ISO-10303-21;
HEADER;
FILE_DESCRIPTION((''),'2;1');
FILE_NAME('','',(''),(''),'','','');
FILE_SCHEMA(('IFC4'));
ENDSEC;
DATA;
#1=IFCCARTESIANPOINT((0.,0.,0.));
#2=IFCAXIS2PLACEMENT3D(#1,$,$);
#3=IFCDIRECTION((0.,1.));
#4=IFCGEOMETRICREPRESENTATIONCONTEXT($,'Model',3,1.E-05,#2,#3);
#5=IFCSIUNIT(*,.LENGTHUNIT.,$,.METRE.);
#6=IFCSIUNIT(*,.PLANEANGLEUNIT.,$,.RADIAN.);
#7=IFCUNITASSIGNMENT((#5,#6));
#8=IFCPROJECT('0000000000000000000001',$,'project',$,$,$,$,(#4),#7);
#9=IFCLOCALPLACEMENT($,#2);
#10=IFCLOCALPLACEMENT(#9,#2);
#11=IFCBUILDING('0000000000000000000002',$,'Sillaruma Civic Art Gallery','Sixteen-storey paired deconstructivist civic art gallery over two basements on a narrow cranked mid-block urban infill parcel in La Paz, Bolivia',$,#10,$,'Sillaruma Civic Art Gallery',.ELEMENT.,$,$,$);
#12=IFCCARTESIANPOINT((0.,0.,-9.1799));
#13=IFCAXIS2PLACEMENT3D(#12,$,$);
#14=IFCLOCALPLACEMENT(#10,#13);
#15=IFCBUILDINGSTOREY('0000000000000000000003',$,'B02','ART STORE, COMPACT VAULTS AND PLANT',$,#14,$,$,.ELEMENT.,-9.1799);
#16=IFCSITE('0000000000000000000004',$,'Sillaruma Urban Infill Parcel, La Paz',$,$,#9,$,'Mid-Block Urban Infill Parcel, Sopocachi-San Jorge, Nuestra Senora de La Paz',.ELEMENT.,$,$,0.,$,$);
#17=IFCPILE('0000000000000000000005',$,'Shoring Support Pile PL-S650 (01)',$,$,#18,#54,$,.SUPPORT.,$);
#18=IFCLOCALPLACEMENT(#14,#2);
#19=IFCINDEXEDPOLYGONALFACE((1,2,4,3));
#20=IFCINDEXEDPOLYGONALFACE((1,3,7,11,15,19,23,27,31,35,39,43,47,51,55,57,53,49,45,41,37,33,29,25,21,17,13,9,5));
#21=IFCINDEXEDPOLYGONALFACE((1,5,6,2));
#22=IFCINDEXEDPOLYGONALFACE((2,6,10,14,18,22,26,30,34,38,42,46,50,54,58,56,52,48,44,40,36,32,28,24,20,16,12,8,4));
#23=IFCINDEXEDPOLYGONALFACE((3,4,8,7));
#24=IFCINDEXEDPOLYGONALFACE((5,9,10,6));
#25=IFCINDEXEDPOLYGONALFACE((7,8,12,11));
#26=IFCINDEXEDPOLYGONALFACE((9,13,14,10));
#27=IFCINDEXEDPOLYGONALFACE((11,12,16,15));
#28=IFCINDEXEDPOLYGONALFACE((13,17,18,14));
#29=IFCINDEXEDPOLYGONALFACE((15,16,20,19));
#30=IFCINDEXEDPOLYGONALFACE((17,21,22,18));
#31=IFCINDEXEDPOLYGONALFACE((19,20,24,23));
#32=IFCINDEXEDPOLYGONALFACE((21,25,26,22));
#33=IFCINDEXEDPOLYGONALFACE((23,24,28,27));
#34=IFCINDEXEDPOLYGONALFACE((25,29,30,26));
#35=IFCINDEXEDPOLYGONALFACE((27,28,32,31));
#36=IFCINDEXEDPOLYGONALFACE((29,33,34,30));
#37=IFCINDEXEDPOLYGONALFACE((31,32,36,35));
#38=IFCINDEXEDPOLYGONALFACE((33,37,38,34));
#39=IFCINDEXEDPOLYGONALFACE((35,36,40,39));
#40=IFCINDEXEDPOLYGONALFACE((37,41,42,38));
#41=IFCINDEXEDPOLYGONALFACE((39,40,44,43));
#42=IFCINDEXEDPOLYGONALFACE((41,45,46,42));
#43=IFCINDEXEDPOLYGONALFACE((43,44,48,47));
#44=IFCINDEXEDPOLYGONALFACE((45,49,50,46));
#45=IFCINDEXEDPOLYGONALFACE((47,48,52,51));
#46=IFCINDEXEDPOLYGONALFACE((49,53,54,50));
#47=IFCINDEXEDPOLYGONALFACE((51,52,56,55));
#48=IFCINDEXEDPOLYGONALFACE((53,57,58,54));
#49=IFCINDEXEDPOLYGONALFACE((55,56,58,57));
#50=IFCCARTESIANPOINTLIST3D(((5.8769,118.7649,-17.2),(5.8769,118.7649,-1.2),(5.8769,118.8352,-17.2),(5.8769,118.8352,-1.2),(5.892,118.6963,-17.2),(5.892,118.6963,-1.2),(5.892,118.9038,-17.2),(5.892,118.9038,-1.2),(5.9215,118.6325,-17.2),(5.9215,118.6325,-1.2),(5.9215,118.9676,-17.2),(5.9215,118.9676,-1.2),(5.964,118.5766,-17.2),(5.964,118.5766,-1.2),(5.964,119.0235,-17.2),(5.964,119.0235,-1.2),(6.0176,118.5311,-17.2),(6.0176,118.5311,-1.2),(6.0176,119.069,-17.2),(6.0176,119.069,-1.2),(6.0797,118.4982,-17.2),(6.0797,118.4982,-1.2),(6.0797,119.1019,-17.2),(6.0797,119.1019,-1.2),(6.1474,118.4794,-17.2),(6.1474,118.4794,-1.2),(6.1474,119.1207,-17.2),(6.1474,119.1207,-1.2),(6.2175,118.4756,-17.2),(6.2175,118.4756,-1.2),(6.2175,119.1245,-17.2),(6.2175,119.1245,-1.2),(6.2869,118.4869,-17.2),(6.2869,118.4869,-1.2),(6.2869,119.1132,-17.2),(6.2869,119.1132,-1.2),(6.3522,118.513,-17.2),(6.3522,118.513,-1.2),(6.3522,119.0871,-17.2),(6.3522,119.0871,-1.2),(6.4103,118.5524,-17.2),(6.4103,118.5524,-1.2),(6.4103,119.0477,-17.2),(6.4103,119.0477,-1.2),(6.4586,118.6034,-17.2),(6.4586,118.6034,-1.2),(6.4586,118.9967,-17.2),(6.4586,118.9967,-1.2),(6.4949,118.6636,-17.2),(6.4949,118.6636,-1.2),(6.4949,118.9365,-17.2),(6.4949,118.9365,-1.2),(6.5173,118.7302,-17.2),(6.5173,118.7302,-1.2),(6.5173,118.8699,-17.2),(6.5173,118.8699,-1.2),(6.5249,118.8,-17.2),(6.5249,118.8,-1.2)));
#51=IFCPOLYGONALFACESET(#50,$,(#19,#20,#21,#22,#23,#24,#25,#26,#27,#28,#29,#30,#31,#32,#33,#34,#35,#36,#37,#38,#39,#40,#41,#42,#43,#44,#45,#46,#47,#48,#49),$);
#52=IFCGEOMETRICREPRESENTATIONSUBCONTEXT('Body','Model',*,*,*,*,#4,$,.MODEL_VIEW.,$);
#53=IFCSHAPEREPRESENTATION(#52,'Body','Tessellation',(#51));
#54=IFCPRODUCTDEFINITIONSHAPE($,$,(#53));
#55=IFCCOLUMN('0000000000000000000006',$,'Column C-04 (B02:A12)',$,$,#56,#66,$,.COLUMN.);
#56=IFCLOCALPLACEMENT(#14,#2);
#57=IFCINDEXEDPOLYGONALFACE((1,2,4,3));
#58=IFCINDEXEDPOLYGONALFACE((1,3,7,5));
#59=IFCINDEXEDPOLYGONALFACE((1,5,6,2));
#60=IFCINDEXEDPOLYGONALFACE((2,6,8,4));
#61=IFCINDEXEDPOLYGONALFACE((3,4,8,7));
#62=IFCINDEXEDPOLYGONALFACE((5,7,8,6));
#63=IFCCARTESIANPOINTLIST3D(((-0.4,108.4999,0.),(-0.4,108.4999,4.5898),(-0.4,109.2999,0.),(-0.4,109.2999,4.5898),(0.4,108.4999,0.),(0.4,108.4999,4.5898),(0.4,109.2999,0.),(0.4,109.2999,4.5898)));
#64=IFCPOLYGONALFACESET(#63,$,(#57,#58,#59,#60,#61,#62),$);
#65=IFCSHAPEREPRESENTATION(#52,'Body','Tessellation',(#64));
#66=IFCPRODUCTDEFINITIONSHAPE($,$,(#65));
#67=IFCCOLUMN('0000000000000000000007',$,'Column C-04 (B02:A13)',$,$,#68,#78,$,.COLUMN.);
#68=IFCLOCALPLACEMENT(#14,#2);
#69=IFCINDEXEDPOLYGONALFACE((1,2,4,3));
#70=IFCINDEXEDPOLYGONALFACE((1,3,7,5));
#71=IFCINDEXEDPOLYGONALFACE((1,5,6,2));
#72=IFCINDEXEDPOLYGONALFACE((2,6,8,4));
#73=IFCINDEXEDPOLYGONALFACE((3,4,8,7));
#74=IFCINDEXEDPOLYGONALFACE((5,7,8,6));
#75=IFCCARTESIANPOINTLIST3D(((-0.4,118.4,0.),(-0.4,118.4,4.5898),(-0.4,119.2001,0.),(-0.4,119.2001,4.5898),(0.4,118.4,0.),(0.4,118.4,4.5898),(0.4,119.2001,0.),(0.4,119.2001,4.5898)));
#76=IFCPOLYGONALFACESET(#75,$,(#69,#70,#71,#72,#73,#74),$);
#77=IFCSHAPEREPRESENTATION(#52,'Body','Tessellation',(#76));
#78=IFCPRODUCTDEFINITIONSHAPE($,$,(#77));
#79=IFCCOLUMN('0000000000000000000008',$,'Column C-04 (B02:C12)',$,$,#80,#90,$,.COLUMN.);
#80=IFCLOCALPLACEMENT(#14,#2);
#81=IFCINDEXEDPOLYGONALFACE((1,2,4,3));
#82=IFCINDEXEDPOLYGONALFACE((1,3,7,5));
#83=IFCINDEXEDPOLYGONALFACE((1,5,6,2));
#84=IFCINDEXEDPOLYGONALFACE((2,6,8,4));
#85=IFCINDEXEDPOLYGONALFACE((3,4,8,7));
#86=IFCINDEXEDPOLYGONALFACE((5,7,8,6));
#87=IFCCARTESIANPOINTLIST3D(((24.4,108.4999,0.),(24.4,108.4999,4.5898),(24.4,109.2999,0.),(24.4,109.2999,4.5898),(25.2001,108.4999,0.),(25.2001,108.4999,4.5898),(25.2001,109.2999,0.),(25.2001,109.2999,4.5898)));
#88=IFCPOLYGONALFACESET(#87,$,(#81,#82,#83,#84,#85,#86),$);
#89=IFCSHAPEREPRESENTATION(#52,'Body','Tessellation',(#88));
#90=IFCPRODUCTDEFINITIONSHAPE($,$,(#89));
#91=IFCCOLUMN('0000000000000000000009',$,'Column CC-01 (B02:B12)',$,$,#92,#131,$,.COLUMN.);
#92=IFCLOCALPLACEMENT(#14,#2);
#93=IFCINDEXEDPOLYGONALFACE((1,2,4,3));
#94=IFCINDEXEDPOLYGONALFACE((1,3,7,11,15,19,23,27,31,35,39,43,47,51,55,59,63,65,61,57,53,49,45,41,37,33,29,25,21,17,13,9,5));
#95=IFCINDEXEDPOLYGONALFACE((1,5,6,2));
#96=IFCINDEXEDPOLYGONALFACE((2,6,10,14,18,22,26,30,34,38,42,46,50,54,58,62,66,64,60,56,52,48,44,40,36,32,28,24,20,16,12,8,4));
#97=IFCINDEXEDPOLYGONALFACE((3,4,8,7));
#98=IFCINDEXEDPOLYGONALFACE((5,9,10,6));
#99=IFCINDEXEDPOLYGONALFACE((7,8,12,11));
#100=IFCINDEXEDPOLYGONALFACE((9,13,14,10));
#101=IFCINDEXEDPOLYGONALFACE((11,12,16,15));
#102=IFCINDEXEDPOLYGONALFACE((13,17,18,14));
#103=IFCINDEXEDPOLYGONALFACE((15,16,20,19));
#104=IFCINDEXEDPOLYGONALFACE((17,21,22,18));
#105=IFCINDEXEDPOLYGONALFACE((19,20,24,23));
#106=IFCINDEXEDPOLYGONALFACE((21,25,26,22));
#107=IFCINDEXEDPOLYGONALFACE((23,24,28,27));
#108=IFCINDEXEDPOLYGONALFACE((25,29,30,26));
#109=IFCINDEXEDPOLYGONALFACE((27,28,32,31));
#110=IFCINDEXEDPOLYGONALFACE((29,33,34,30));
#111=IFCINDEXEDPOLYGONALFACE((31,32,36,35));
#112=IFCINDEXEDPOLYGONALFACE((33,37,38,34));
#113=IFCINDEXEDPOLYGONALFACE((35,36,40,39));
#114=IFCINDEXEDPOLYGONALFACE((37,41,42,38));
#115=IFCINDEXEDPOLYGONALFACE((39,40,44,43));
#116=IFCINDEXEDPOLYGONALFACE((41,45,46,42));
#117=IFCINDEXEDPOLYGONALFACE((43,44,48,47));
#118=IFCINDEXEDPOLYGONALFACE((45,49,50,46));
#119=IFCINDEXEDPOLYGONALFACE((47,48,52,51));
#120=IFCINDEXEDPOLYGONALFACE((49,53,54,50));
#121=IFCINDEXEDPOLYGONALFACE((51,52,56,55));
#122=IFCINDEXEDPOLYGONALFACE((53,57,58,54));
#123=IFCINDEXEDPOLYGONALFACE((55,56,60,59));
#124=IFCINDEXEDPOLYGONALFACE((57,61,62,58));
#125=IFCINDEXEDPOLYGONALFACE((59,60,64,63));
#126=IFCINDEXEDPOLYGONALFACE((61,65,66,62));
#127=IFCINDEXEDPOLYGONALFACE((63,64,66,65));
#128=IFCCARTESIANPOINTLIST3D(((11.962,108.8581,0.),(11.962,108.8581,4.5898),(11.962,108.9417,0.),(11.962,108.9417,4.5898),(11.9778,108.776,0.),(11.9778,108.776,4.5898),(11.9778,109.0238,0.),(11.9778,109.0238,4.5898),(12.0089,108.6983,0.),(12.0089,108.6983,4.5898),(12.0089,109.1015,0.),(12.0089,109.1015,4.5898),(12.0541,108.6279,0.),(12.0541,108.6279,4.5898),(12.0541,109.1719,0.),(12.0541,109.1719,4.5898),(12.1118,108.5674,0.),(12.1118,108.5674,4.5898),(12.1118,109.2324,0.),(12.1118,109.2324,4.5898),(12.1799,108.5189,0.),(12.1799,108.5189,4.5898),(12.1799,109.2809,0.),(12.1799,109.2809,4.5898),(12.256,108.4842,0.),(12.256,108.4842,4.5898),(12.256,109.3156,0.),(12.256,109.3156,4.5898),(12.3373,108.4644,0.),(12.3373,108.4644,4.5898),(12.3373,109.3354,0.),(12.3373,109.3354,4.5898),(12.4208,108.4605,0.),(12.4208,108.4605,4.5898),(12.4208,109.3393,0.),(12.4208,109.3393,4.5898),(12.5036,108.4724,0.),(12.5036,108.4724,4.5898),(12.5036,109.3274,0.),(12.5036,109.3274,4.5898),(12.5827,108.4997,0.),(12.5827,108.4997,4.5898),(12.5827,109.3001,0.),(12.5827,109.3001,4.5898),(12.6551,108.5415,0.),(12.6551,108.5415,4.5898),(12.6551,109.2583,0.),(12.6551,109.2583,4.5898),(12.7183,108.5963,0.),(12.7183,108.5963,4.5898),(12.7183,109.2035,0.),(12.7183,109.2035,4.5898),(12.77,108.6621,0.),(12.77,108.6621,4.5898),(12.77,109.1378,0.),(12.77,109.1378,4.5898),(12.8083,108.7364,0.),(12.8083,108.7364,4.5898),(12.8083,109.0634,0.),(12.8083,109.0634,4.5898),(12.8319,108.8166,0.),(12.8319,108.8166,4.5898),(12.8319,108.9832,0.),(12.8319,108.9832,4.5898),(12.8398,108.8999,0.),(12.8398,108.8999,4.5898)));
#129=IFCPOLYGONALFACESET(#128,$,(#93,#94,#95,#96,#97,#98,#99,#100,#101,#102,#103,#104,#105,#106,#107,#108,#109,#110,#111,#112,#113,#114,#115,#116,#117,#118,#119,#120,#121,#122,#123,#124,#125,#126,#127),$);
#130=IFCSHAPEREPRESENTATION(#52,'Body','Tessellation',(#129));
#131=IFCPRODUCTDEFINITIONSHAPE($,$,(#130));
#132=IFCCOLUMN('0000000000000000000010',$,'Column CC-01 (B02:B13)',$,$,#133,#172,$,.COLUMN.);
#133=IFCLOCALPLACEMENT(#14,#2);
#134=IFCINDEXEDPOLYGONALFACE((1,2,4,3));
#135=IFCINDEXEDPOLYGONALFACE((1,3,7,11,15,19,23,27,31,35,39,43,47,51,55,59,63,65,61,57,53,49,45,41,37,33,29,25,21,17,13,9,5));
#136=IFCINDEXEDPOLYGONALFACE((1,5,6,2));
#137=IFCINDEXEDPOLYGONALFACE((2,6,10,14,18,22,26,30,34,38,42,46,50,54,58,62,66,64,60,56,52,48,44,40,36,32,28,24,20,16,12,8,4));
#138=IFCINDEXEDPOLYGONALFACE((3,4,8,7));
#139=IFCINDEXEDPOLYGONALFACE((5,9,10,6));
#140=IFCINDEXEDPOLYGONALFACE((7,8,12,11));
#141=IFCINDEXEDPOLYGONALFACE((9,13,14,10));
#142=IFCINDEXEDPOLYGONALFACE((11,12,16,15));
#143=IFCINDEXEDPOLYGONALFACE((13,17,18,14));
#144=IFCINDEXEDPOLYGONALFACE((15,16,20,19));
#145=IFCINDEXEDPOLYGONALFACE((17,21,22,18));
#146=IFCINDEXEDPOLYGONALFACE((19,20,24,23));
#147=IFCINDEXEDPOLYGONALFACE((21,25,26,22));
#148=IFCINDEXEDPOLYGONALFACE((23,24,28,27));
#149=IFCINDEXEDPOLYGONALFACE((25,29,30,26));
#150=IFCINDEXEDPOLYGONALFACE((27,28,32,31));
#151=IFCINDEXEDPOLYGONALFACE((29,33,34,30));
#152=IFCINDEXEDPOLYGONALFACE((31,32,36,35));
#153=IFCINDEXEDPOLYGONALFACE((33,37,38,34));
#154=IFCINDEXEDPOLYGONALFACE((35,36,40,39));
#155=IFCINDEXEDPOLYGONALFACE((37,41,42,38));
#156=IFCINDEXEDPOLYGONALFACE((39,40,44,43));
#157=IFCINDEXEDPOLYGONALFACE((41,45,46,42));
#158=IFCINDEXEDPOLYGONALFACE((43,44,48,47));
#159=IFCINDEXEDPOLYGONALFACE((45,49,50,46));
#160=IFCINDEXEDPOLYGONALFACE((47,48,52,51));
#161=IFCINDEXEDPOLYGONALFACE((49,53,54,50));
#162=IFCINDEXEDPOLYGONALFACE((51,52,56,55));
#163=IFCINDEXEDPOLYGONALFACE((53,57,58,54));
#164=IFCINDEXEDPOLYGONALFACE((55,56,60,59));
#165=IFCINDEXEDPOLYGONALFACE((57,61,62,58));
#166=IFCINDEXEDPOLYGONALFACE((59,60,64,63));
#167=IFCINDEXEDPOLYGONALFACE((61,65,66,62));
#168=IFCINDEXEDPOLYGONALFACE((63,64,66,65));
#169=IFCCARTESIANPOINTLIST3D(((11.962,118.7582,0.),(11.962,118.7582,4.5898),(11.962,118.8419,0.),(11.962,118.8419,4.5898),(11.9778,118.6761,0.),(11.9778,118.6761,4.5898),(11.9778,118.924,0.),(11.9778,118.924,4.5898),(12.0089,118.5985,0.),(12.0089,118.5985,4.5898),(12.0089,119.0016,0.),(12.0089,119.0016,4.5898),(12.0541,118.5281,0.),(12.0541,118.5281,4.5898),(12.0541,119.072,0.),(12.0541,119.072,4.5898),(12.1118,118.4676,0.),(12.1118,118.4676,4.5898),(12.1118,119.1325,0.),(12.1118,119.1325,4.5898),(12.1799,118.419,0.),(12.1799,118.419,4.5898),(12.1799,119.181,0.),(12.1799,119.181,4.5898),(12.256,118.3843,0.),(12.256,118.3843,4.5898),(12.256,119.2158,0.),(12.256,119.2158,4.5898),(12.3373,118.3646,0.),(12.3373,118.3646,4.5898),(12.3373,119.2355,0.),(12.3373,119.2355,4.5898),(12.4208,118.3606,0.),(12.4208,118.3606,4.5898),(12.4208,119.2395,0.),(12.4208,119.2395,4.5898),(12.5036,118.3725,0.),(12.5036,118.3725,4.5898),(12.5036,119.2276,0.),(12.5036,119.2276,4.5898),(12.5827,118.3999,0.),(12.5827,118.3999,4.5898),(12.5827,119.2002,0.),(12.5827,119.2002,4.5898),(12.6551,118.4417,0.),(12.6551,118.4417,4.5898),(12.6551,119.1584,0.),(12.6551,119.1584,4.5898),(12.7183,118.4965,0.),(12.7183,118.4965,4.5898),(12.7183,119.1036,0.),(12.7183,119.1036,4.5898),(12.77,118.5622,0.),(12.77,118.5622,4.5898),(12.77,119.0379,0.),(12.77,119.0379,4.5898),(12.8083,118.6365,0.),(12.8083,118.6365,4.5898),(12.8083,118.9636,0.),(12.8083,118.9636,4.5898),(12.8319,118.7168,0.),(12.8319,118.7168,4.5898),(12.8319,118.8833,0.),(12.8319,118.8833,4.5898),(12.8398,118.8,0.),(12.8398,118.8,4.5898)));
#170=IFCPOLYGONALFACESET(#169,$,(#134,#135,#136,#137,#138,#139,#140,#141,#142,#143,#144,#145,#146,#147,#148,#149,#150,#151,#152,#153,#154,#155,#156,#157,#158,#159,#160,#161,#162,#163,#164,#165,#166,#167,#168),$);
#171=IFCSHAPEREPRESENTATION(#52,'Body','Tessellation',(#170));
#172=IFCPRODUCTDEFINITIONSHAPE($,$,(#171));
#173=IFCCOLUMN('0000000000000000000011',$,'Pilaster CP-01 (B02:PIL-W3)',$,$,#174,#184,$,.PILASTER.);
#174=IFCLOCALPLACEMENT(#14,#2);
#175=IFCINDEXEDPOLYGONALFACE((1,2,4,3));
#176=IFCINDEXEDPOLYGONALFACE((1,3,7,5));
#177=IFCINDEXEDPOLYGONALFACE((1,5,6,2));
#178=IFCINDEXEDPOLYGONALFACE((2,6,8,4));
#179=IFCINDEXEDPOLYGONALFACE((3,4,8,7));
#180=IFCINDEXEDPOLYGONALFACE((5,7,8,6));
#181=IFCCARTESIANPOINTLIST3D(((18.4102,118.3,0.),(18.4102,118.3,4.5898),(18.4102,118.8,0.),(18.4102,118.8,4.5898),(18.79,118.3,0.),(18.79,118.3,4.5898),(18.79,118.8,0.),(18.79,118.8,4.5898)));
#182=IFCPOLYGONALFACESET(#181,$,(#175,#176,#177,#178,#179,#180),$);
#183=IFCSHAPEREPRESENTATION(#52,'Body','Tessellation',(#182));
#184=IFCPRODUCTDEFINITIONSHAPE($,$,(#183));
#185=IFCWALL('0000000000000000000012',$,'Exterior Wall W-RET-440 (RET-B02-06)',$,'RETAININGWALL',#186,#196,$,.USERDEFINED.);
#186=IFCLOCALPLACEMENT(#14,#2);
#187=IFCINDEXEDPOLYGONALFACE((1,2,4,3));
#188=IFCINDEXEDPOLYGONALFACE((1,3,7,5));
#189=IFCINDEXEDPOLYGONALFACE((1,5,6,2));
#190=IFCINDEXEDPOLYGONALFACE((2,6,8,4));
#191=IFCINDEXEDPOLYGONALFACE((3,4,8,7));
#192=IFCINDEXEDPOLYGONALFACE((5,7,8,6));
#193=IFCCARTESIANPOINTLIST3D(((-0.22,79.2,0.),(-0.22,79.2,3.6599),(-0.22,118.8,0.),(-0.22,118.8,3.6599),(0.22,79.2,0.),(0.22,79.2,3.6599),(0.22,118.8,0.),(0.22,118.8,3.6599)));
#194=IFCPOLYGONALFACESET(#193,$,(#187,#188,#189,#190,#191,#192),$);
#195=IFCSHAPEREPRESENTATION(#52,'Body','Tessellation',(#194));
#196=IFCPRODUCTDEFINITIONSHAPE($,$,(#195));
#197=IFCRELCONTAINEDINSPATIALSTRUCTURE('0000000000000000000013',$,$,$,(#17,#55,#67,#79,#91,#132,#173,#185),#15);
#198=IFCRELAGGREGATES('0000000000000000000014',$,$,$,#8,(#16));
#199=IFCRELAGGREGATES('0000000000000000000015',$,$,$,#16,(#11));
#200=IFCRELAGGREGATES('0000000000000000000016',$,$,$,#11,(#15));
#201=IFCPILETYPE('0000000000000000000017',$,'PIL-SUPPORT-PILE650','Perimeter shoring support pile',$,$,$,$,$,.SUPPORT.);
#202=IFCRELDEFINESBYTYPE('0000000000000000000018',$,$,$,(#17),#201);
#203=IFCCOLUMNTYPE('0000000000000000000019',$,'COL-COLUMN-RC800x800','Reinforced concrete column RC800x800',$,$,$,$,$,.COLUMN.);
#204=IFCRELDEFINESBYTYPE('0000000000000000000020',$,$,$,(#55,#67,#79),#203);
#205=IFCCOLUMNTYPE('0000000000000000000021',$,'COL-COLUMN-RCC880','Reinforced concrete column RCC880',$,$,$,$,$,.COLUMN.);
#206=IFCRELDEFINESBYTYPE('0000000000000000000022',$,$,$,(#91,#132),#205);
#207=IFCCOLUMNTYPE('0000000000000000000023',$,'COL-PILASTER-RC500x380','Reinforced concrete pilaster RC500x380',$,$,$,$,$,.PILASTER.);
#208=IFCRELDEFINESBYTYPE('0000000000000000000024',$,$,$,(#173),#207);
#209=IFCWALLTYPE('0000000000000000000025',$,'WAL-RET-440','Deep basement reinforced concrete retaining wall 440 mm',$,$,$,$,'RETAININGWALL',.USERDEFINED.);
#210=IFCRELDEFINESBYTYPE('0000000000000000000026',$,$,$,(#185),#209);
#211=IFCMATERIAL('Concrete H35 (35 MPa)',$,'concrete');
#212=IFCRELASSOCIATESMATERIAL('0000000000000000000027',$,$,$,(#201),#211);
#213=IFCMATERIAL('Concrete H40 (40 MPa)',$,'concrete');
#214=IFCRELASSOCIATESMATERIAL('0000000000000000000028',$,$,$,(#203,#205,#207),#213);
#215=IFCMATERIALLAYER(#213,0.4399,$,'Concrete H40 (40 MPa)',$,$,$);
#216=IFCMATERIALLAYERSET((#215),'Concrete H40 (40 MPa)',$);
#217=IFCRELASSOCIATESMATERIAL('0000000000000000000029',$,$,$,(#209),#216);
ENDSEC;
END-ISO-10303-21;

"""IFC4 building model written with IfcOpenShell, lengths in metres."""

from ifc_helpers import new_model, si_unit, direction, frame, frame_2d, origin, origin_2d, place, context, subcontext, project, spatial, rectangle, circle, extrude, material, layer, layer_set, material_profile, profile_set, type_object, element, save


model = new_model("IFC4")

# Units and contexts
model_context = context("Model", 3, precision=1e-05, world=origin(), true_north=direction((0.0, 1.0)))
body_context = subcontext(model_context, "Body", "Model", "MODEL_VIEW")
ifc_project = project(units=[si_unit("LENGTHUNIT", "METRE"), si_unit("PLANEANGLEUNIT", "RADIAN")], contexts=[model_context])

# Site, building, storey
site_placement = place(None, origin())
site = spatial("IfcSite", under=ifc_project, at=site_placement, Name="Sillaruma Urban Infill Parcel, La Paz", LongName="Mid-Block Urban Infill Parcel, Sopocachi-San Jorge, Nuestra Senora de La Paz", CompositionType="ELEMENT", RefElevation=0.0)
building_placement = place(site_placement, origin())
building = spatial("IfcBuilding", under=site, at=building_placement, Name="Sillaruma Civic Art Gallery", Description="Sixteen-storey paired deconstructivist civic art gallery over two basements on a narrow cranked mid-block urban infill parcel in La Paz, Bolivia", LongName="Sillaruma Civic Art Gallery", CompositionType="ELEMENT")
storey_placement = place(building_placement, frame((0.0, 0.0, -9.1799)))
storey = spatial("IfcBuildingStorey", under=building, at=storey_placement, Name="B02", Description="ART STORE, COMPACT VAULTS AND PLANT", CompositionType="ELEMENT", Elevation=-9.1799)

# Shared definitions
ifc_material_1 = material(Name="Concrete H35 (35 MPa)", Category="concrete")

# Pile
ifc_material_profile_1 = material_profile(ifc_material_1, circle(Radius=0.325, at=origin_2d()), Name="PILE650")
ifc_profile_set_1 = profile_set([ifc_material_profile_1], Name="Concrete H35 (35 MPa)")
pile_type_1 = type_object("IfcPileType", Name="PIL-SUPPORT-PILE650", Description="Perimeter shoring support pile", PredefinedType="SUPPORT", material=ifc_profile_set_1)
pile_placement = place(storey_placement, frame((6.2, 118.8, -1.2), z_axis=(0.0, 0.0, -1.0), x_axis=(1.0, 0.0, 0.0)))
element("IfcPile", 1, at=pile_placement, inside=storey, type_object=pile_type_1, Name="Shoring Support Pile PL-S650 (01)", PredefinedType="SUPPORT", context=body_context, shape_type="SweptSolid", body=[
    extrude(circle(Radius=0.325, at=origin_2d()), origin(), (0.0, 0.0, 1.0), 16.0),
])

# Columns
ifc_material_2 = material(Name="Concrete H40 (40 MPa)", Category="concrete")
ifc_material_profile_2 = material_profile(ifc_material_2, rectangle(XDim=0.8, YDim=0.8, at=origin_2d()), Name="RC800x800")
ifc_profile_set_2 = profile_set([ifc_material_profile_2], Name="Concrete H40 (40 MPa)")
column_type_1 = type_object("IfcColumnType", Name="COL-COLUMN-RC800x800", Description="Reinforced concrete column RC800x800", PredefinedType="COLUMN", material=ifc_profile_set_2)
for number, where, z_axis, x_axis, name in (
    (2, (0.0, 108.8999, 0.0), (0.0, 0.0, 1.0), (1.0, 0.0, 0.0), "Column C-04 (B02:A12)"),
    (3, (0.0, 118.8, 0.0), (0.0, 0.0, 1.0), (1.0, 0.0, 0.0), "Column C-04 (B02:A13)"),
    (4, (24.8, 108.8999, 0.0), (0.0, 0.0, 1.0), (1.0, 0.0, 0.0), "Column C-04 (B02:C12)"),
):
    element("IfcColumn", number, at=place(storey_placement, frame(where, z_axis=z_axis, x_axis=x_axis)), inside=storey, type_object=column_type_1, Name=name, PredefinedType="COLUMN", context=body_context, shape_type="SweptSolid", body=[
        extrude(rectangle(XDim=0.8, YDim=0.8, at=origin_2d()), origin(), (0.0, 0.0, 1.0), 4.5898),
    ])
ifc_material_profile_3 = material_profile(ifc_material_2, circle(Radius=0.4399, at=origin_2d()), Name="RCC880")
ifc_profile_set_3 = profile_set([ifc_material_profile_3], Name="Concrete H40 (40 MPa)")
column_type_2 = type_object("IfcColumnType", Name="COL-COLUMN-RCC880", Description="Reinforced concrete column RCC880", PredefinedType="COLUMN", material=ifc_profile_set_3)
for number, where, z_axis, x_axis, name in (
    (5, (12.3999, 108.8999, 0.0), (0.0, 0.0, 1.0), (1.0, 0.0, 0.0), "Column CC-01 (B02:B12)"),
    (6, (12.3999, 118.8, 0.0), (0.0, 0.0, 1.0), (1.0, 0.0, 0.0), "Column CC-01 (B02:B13)"),
):
    element("IfcColumn", number, at=place(storey_placement, frame(where, z_axis=z_axis, x_axis=x_axis)), inside=storey, type_object=column_type_2, Name=name, PredefinedType="COLUMN", context=body_context, shape_type="SweptSolid", body=[
        extrude(circle(Radius=0.4399, at=origin_2d()), origin(), (0.0, 0.0, 1.0), 4.5898),
    ])
ifc_material_profile_4 = material_profile(ifc_material_2, rectangle(XDim=0.3799, YDim=0.5, at=origin_2d()), Name="RC500x380")
ifc_profile_set_4 = profile_set([ifc_material_profile_4], Name="Concrete H40 (40 MPa)")
column_type_3 = type_object("IfcColumnType", Name="COL-PILASTER-RC500x380", Description="Reinforced concrete pilaster RC500x380", PredefinedType="PILASTER", material=ifc_profile_set_4)
column_placement = place(storey_placement, frame((18.6001, 118.55, 0.0), z_axis=(0.0, 0.0, 1.0), x_axis=(1.0, 0.0, 0.0)))
element("IfcColumn", 7, at=column_placement, inside=storey, type_object=column_type_3, Name="Pilaster CP-01 (B02:PIL-W3)", PredefinedType="PILASTER", context=body_context, shape_type="SweptSolid", body=[
    extrude(rectangle(XDim=0.3799, YDim=0.5, at=origin_2d()), origin(), (0.0, 0.0, 1.0), 4.5898),
])

# Wall
ifc_layer_1 = layer(ifc_material_2, 0.4399, Name="Concrete H40 (40 MPa)")
ifc_layer_set_1 = layer_set([ifc_layer_1], Name="Concrete H40 (40 MPa)")
wall_type = type_object("IfcWallType", Name="WAL-RET-440", Description="Deep basement reinforced concrete retaining wall 440 mm", ElementType="RETAININGWALL", PredefinedType="USERDEFINED", material=ifc_layer_set_1)
wall_placement = place(storey_placement, frame((0.0, 118.8, 0.0), z_axis=(0.0, 0.0, 1.0), x_axis=(0.0, -1.0, 0.0)))
element("IfcWall", 8, at=wall_placement, inside=storey, type_object=wall_type, Name="Exterior Wall W-RET-440 (RET-B02-06)", ObjectType="RETAININGWALL", PredefinedType="USERDEFINED", context=body_context, shape_type="SweptSolid", body=[
    extrude(rectangle(XDim=39.6001, YDim=0.4399, at=frame_2d((19.8, 0.0))), origin(), (0.0, 0.0, 1.0), 3.6599),
])

save(model, "model.ifc")
